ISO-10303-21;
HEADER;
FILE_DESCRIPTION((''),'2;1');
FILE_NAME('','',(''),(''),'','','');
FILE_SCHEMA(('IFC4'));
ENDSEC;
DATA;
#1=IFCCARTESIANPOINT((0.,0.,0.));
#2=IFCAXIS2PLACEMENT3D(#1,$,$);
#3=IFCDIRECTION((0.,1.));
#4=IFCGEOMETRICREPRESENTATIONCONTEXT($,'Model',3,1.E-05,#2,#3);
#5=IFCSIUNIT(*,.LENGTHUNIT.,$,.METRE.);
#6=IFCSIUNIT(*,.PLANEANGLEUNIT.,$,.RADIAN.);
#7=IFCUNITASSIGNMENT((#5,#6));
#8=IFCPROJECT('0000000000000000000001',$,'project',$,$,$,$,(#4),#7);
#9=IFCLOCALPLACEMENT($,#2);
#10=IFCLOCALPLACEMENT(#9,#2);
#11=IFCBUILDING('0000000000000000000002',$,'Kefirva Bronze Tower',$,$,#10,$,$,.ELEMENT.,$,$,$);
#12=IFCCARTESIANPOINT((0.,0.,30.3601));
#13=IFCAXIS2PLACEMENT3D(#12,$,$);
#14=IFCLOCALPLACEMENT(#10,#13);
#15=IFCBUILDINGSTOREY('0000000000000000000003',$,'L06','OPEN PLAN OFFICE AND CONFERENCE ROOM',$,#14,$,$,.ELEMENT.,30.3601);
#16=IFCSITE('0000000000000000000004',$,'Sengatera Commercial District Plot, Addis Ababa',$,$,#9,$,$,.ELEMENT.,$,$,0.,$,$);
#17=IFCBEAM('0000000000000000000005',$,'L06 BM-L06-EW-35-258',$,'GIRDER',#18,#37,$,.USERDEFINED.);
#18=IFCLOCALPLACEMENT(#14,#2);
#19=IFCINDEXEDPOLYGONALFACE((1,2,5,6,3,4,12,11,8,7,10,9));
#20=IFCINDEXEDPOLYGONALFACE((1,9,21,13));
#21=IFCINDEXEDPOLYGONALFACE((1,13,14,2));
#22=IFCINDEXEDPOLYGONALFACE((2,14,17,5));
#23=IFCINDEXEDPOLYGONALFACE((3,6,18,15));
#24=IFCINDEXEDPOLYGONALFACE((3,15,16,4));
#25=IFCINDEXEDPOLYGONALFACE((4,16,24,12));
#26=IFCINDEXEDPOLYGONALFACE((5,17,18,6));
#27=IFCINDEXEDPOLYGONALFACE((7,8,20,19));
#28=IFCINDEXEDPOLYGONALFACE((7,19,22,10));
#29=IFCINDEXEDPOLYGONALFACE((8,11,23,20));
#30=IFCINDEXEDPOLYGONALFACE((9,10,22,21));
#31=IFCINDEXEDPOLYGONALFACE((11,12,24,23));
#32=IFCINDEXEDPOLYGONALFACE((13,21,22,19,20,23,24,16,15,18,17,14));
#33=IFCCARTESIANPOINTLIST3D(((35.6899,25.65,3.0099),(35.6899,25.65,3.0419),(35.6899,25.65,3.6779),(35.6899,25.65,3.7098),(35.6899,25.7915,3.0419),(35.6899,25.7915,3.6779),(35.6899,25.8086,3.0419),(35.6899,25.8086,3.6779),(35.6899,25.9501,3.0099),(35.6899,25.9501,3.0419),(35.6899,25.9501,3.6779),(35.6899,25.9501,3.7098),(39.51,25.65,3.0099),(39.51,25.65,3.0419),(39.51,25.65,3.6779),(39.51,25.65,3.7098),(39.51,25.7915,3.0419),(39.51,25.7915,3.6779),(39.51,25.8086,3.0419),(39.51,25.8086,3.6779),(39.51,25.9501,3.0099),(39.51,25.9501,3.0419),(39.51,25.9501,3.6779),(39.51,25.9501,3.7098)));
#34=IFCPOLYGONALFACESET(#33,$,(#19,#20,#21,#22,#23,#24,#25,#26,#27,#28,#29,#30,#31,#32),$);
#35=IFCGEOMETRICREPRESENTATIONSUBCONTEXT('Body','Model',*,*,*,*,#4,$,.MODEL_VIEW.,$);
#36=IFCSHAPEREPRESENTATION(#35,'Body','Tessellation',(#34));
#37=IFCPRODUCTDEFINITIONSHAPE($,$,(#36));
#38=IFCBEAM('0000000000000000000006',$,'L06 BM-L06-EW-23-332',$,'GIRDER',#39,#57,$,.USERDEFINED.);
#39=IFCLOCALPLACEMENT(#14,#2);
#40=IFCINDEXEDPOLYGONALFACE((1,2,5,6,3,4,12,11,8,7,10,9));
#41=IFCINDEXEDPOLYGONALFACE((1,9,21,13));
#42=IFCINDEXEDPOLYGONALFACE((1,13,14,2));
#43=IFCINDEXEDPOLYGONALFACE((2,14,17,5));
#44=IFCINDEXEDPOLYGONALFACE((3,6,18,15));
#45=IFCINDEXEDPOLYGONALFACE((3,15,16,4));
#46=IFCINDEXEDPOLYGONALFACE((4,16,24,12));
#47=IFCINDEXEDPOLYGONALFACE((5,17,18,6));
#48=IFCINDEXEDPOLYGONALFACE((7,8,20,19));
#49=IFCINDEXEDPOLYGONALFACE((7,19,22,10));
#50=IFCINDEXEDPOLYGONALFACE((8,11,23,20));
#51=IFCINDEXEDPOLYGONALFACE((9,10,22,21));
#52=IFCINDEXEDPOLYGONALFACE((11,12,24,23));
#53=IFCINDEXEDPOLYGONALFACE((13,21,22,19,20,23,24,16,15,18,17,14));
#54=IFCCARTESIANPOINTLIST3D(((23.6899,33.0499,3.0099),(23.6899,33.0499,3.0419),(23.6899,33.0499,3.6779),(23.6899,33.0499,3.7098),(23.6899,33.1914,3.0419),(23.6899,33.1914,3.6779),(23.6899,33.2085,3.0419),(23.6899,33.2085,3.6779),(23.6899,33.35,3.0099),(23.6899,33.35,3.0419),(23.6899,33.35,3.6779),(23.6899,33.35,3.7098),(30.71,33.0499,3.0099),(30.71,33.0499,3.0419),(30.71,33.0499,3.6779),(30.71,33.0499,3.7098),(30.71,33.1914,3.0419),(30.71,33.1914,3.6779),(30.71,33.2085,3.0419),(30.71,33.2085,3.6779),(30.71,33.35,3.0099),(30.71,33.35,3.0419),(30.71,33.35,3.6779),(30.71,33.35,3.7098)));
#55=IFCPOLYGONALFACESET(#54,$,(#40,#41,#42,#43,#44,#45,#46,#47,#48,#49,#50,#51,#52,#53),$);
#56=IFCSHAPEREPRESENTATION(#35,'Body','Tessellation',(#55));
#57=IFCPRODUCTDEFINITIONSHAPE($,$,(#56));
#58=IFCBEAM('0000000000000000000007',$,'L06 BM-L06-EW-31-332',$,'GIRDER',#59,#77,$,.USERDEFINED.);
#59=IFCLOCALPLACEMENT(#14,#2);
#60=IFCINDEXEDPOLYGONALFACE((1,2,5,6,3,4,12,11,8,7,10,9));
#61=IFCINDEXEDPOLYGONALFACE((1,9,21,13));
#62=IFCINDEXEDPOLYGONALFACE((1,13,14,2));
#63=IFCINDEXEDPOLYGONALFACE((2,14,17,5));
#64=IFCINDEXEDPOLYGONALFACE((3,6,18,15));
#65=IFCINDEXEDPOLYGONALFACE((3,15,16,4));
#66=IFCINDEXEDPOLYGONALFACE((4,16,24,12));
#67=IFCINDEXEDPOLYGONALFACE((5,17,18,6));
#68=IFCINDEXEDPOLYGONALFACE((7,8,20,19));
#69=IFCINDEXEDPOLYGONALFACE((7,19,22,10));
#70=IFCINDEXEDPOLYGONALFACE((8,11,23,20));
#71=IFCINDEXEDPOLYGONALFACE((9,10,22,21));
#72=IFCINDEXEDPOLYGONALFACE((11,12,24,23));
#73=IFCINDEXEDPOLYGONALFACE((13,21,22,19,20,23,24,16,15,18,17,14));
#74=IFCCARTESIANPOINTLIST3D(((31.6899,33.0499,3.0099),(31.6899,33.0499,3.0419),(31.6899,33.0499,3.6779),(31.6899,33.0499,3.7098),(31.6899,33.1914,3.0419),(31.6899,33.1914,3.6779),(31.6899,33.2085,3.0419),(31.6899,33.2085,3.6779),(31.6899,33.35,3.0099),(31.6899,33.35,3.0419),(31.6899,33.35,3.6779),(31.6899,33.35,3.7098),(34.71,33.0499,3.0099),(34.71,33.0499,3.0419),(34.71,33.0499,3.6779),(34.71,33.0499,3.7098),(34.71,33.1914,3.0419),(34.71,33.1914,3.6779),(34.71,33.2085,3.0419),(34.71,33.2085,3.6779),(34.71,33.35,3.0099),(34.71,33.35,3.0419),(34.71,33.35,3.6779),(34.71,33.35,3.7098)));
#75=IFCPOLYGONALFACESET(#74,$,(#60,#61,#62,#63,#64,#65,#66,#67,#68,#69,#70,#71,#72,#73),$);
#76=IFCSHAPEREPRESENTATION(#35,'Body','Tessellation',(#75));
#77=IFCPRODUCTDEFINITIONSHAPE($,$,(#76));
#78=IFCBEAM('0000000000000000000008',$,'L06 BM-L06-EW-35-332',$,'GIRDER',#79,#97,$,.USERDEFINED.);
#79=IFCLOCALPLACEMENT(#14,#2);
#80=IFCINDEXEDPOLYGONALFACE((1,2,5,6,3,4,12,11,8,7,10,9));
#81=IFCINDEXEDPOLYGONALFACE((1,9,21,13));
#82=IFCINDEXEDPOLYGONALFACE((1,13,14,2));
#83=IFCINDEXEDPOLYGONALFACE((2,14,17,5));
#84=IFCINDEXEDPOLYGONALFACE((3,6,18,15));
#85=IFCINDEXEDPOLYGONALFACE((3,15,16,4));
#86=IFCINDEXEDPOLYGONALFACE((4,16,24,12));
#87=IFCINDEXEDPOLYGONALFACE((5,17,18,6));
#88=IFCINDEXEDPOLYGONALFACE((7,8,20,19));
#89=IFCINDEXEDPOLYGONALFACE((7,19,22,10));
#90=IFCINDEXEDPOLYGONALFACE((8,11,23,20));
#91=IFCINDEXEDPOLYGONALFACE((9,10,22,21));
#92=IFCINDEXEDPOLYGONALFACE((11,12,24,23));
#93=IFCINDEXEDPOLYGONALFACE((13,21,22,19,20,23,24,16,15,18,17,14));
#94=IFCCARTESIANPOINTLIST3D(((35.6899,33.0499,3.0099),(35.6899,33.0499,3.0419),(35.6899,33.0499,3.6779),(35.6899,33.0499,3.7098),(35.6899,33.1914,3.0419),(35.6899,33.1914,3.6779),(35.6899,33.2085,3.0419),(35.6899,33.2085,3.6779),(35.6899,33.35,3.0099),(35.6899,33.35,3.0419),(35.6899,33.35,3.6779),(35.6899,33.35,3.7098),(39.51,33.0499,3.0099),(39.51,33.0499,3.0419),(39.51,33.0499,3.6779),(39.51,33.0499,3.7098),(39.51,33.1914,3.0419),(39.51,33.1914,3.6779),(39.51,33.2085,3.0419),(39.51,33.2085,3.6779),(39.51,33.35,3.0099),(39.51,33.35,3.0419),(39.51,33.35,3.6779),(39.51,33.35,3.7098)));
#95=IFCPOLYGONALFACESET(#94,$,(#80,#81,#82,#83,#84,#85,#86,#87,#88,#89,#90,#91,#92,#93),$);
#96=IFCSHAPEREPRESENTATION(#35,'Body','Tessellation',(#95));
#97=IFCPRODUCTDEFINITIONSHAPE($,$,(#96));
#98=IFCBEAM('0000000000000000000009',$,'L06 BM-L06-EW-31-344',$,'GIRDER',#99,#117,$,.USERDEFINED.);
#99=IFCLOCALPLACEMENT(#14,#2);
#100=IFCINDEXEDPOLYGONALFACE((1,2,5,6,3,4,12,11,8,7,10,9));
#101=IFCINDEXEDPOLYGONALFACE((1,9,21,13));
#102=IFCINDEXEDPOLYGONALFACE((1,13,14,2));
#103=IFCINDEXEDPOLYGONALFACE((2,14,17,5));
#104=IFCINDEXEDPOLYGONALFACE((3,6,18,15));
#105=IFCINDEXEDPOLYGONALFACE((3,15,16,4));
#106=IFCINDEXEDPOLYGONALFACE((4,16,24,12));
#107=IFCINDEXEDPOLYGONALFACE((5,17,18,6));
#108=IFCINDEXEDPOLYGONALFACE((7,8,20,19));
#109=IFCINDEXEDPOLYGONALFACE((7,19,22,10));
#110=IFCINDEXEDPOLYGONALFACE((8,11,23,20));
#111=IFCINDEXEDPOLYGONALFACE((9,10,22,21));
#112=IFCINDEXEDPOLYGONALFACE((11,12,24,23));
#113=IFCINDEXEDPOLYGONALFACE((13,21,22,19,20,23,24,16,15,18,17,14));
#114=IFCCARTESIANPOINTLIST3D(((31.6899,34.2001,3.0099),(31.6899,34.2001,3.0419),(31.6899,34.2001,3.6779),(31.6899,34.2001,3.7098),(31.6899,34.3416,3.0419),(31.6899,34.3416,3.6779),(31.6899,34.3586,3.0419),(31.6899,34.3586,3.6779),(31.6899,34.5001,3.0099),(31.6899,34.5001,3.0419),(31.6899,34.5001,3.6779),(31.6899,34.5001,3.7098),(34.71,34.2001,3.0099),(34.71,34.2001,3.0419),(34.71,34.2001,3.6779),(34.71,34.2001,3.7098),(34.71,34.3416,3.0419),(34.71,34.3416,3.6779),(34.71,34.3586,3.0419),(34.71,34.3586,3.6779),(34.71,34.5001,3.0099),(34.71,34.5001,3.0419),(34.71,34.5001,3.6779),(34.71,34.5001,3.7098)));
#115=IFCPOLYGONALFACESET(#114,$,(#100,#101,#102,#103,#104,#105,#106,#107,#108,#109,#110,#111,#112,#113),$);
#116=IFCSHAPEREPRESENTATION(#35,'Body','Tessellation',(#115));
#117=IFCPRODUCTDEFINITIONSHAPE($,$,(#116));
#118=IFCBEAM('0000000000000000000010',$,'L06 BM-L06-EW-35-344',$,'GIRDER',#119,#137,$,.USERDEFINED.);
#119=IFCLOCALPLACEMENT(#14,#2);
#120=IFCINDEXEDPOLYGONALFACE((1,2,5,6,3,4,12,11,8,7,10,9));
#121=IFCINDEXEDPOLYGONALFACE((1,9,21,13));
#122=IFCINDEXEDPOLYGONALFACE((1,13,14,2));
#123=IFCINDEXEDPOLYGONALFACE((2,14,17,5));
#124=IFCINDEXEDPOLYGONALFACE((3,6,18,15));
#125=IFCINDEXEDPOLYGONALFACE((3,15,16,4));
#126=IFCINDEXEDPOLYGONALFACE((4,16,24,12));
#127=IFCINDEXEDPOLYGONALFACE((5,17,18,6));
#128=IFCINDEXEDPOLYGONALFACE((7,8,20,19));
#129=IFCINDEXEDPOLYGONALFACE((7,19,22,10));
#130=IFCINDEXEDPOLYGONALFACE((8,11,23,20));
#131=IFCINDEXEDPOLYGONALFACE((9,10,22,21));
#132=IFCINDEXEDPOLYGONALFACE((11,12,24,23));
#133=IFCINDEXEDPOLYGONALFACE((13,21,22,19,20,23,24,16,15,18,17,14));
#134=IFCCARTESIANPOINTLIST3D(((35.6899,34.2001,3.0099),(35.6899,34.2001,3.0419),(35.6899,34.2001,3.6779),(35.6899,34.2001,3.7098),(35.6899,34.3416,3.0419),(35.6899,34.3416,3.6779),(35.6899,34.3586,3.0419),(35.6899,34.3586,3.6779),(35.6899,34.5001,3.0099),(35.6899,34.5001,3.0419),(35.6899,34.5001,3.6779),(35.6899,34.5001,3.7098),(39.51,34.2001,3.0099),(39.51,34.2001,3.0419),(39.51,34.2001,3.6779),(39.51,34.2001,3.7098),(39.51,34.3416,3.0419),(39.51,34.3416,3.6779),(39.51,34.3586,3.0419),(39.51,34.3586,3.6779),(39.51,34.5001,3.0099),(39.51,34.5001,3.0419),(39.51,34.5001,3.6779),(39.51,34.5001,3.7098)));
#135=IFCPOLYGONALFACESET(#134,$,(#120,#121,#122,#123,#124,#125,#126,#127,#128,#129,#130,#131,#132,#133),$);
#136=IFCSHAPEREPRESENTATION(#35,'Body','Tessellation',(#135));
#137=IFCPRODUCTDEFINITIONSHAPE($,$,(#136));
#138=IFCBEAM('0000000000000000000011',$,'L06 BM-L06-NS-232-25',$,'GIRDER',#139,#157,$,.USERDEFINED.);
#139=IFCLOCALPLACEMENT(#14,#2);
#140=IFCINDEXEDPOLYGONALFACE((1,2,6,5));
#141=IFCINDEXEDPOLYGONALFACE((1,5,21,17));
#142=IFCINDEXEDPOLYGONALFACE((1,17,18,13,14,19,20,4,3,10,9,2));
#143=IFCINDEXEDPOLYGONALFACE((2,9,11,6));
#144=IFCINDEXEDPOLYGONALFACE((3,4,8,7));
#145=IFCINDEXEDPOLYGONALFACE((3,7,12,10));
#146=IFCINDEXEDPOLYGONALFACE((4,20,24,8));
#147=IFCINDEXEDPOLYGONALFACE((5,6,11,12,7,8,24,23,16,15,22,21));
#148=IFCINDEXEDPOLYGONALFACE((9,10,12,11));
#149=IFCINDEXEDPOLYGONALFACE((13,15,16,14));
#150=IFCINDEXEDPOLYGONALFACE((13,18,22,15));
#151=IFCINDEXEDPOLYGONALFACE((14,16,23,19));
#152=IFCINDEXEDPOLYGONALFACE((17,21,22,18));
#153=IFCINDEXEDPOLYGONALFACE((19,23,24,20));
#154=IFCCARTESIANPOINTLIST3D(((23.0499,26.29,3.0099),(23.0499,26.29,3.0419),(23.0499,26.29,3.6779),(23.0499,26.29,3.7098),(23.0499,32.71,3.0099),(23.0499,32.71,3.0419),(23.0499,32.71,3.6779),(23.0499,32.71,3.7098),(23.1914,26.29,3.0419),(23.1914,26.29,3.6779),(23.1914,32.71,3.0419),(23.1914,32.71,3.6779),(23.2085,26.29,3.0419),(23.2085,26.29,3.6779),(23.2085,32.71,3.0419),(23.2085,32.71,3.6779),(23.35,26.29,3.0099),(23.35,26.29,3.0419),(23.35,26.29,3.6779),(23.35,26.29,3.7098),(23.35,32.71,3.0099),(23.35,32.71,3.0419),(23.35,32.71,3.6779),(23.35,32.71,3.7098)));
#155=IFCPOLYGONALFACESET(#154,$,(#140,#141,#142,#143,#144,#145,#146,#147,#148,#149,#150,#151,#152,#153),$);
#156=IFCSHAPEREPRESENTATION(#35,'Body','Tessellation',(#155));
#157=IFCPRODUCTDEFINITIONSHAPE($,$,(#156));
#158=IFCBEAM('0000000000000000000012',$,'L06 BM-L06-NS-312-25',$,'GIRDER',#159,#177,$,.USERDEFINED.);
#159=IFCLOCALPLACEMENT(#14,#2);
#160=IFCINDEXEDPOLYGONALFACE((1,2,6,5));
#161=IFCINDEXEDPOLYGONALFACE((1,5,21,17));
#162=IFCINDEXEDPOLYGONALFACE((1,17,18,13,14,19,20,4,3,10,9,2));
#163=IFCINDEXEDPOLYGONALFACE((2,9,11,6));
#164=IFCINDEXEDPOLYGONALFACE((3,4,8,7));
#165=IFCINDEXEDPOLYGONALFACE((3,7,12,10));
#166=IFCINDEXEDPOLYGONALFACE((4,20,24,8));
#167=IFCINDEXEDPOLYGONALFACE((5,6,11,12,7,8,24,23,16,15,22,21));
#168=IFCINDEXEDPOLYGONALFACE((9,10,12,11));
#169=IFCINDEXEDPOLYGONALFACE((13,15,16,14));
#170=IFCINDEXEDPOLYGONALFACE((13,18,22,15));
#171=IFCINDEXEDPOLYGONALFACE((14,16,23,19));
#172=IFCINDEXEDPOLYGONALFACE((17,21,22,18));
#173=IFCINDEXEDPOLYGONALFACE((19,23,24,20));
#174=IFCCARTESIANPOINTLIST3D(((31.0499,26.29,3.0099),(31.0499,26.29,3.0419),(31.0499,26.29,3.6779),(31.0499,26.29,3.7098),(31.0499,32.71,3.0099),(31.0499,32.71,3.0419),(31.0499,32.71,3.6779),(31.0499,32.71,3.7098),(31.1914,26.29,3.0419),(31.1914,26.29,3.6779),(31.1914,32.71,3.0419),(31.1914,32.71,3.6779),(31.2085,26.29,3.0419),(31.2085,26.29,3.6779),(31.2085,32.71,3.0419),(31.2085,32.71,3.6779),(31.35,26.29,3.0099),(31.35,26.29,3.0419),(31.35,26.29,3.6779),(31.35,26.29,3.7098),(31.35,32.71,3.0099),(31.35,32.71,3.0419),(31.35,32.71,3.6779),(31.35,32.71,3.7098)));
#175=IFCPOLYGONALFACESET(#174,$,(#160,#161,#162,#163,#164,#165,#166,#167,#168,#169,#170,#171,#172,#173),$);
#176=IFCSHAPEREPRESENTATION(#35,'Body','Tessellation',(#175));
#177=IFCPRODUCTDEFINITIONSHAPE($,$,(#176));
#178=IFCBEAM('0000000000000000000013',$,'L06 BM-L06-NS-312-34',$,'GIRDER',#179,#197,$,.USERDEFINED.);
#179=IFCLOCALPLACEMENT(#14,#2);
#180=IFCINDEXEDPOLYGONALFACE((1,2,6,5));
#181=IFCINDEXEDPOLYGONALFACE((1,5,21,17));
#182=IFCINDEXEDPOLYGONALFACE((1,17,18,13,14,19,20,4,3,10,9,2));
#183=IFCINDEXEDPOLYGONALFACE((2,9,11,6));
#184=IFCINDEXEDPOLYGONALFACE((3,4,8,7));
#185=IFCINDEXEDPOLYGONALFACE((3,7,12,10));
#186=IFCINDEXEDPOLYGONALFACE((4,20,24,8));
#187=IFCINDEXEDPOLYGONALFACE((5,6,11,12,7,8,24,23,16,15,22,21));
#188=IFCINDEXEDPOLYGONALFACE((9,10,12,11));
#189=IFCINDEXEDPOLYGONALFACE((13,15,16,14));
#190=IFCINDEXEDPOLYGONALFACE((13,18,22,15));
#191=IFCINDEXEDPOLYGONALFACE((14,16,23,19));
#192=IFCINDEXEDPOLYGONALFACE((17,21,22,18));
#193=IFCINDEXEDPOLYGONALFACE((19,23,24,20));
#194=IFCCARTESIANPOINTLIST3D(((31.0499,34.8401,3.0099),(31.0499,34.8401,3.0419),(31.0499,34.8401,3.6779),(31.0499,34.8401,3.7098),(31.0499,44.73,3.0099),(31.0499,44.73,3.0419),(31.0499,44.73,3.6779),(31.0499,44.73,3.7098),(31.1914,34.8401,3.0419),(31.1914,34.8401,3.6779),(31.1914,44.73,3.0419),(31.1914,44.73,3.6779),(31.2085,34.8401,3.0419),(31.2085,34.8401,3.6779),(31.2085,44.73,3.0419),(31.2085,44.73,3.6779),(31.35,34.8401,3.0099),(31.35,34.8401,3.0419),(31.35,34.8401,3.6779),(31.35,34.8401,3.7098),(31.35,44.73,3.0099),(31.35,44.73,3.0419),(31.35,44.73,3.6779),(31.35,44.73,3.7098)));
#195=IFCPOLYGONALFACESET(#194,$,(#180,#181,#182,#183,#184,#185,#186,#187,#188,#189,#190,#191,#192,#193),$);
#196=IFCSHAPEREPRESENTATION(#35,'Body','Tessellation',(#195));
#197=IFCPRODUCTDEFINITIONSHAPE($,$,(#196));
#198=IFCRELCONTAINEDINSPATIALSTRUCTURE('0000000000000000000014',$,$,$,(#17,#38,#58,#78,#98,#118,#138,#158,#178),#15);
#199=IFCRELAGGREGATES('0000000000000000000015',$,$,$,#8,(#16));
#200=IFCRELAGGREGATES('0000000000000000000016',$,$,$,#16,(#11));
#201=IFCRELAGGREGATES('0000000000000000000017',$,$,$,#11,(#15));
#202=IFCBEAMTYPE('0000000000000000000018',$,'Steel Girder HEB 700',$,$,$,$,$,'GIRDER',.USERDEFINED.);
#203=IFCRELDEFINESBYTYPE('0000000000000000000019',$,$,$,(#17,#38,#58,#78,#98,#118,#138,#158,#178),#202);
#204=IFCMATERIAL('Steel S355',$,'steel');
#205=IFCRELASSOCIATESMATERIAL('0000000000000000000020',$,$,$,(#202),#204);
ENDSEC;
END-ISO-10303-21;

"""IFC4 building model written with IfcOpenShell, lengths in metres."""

from ifc_helpers import new_model, si_unit, direction, frame, origin, origin_2d, place, context, subcontext, project, spatial, i_section, extrude, material, material_profile, profile_set, type_object, element, save


model = new_model("IFC4")

# Units and contexts
model_context = context("Model", 3, precision=1e-05, world=origin(), true_north=direction((0.0, 1.0)))
body_context = subcontext(model_context, "Body", "Model", "MODEL_VIEW")
ifc_project = project(units=[si_unit("LENGTHUNIT", "METRE"), si_unit("PLANEANGLEUNIT", "RADIAN")], contexts=[model_context])

# Site, building, storey
site_placement = place(None, origin())
site = spatial("IfcSite", under=ifc_project, at=site_placement, Name="Sengatera Commercial District Plot, Addis Ababa", CompositionType="ELEMENT", RefElevation=0.0)
building_placement = place(site_placement, origin())
building = spatial("IfcBuilding", under=site, at=building_placement, Name="Kefirva Bronze Tower", CompositionType="ELEMENT")
storey_placement = place(building_placement, frame((0.0, 0.0, 30.3601)))
storey = spatial("IfcBuildingStorey", under=building, at=storey_placement, Name="L06", Description="OPEN PLAN OFFICE AND CONFERENCE ROOM", CompositionType="ELEMENT", Elevation=30.3601)

# Beams
ifc_material_1 = material(Name="Steel S355", Category="steel")
ifc_material_profile_1 = material_profile(ifc_material_1, i_section(OverallWidth=0.3, OverallDepth=0.7, WebThickness=0.0171, FlangeThickness=0.032, at=origin_2d()), Name="HEB 700")
ifc_profile_set_1 = profile_set([ifc_material_profile_1], Name="Steel S355")
beam_type_1 = type_object("IfcBeamType", Name="Steel Girder HEB 700", ElementType="GIRDER", PredefinedType="USERDEFINED", material=ifc_profile_set_1)
beam_1_placement = place(storey_placement, frame((35.6899, 25.8, 3.3599), z_axis=(1.0, 0.0, 0.0), x_axis=(0.0, 1.0, 0.0)))
element("IfcBeam", 1, at=beam_1_placement, inside=storey, type_object=beam_type_1, Name="L06 BM-L06-EW-35-258", ObjectType="GIRDER", PredefinedType="USERDEFINED", context=body_context, shape_type="SweptSolid", body=[
    extrude(i_section(OverallWidth=0.3, OverallDepth=0.7, WebThickness=0.0171, FlangeThickness=0.032, at=origin_2d()), origin(), (0.0, 0.0, 1.0), 3.8201),
])
beam_2_placement = place(storey_placement, frame((23.6899, 33.2, 3.3599), z_axis=(1.0, 0.0, 0.0), x_axis=(0.0, 1.0, 0.0)))
element("IfcBeam", 2, at=beam_2_placement, inside=storey, type_object=beam_type_1, Name="L06 BM-L06-EW-23-332", ObjectType="GIRDER", PredefinedType="USERDEFINED", context=body_context, shape_type="SweptSolid", body=[
    extrude(i_section(OverallWidth=0.3, OverallDepth=0.7, WebThickness=0.0171, FlangeThickness=0.032, at=origin_2d()), origin(), (0.0, 0.0, 1.0), 7.02),
])
beam_3_placement = place(storey_placement, frame((31.6899, 33.2, 3.3599), z_axis=(1.0, 0.0, 0.0), x_axis=(0.0, 1.0, 0.0)))
element("IfcBeam", 3, at=beam_3_placement, inside=storey, type_object=beam_type_1, Name="L06 BM-L06-EW-31-332", ObjectType="GIRDER", PredefinedType="USERDEFINED", context=body_context, shape_type="SweptSolid", body=[
    extrude(i_section(OverallWidth=0.3, OverallDepth=0.7, WebThickness=0.0171, FlangeThickness=0.032, at=origin_2d()), origin(), (0.0, 0.0, 1.0), 3.02),
])
beam_4_placement = place(storey_placement, frame((35.6899, 33.2, 3.3599), z_axis=(1.0, 0.0, 0.0), x_axis=(0.0, 1.0, 0.0)))
element("IfcBeam", 4, at=beam_4_placement, inside=storey, type_object=beam_type_1, Name="L06 BM-L06-EW-35-332", ObjectType="GIRDER", PredefinedType="USERDEFINED", context=body_context, shape_type="SweptSolid", body=[
    extrude(i_section(OverallWidth=0.3, OverallDepth=0.7, WebThickness=0.0171, FlangeThickness=0.032, at=origin_2d()), origin(), (0.0, 0.0, 1.0), 3.8201),
])
beam_5_placement = place(storey_placement, frame((31.6899, 34.3501, 3.3599), z_axis=(1.0, 0.0, 0.0), x_axis=(0.0, 1.0, 0.0)))
element("IfcBeam", 5, at=beam_5_placement, inside=storey, type_object=beam_type_1, Name="L06 BM-L06-EW-31-344", ObjectType="GIRDER", PredefinedType="USERDEFINED", context=body_context, shape_type="SweptSolid", body=[
    extrude(i_section(OverallWidth=0.3, OverallDepth=0.7, WebThickness=0.0171, FlangeThickness=0.032, at=origin_2d()), origin(), (0.0, 0.0, 1.0), 3.02),
])
beam_6_placement = place(storey_placement, frame((35.6899, 34.3501, 3.3599), z_axis=(1.0, 0.0, 0.0), x_axis=(0.0, 1.0, 0.0)))
element("IfcBeam", 6, at=beam_6_placement, inside=storey, type_object=beam_type_1, Name="L06 BM-L06-EW-35-344", ObjectType="GIRDER", PredefinedType="USERDEFINED", context=body_context, shape_type="SweptSolid", body=[
    extrude(i_section(OverallWidth=0.3, OverallDepth=0.7, WebThickness=0.0171, FlangeThickness=0.032, at=origin_2d()), origin(), (0.0, 0.0, 1.0), 3.8201),
])
for number, where, z_axis, x_axis, name in (
    (7, (23.2, 26.29, 3.3599), (0.0, 1.0, 0.0), (-1.0, 0.0, 0.0), "L06 BM-L06-NS-232-25"),
    (8, (31.2, 26.29, 3.3599), (0.0, 1.0, 0.0), (-1.0, 0.0, 0.0), "L06 BM-L06-NS-312-25"),
):
    element("IfcBeam", number, at=place(storey_placement, frame(where, z_axis=z_axis, x_axis=x_axis)), inside=storey, type_object=beam_type_1, Name=name, ObjectType="GIRDER", PredefinedType="USERDEFINED", context=body_context, shape_type="SweptSolid", body=[
        extrude(i_section(OverallWidth=0.3, OverallDepth=0.7, WebThickness=0.0171, FlangeThickness=0.032, at=origin_2d()), origin(), (0.0, 0.0, 1.0), 6.4199),
    ])
beam_7_placement = place(storey_placement, frame((31.2, 34.8401, 3.3599), z_axis=(0.0, 1.0, 0.0), x_axis=(-1.0, 0.0, 0.0)))
element("IfcBeam", 9, at=beam_7_placement, inside=storey, type_object=beam_type_1, Name="L06 BM-L06-NS-312-34", ObjectType="GIRDER", PredefinedType="USERDEFINED", context=body_context, shape_type="SweptSolid", body=[
    extrude(i_section(OverallWidth=0.3, OverallDepth=0.7, WebThickness=0.0171, FlangeThickness=0.032, at=origin_2d()), origin(), (0.0, 0.0, 1.0), 9.8899),
])

save(model, "model.ifc")
